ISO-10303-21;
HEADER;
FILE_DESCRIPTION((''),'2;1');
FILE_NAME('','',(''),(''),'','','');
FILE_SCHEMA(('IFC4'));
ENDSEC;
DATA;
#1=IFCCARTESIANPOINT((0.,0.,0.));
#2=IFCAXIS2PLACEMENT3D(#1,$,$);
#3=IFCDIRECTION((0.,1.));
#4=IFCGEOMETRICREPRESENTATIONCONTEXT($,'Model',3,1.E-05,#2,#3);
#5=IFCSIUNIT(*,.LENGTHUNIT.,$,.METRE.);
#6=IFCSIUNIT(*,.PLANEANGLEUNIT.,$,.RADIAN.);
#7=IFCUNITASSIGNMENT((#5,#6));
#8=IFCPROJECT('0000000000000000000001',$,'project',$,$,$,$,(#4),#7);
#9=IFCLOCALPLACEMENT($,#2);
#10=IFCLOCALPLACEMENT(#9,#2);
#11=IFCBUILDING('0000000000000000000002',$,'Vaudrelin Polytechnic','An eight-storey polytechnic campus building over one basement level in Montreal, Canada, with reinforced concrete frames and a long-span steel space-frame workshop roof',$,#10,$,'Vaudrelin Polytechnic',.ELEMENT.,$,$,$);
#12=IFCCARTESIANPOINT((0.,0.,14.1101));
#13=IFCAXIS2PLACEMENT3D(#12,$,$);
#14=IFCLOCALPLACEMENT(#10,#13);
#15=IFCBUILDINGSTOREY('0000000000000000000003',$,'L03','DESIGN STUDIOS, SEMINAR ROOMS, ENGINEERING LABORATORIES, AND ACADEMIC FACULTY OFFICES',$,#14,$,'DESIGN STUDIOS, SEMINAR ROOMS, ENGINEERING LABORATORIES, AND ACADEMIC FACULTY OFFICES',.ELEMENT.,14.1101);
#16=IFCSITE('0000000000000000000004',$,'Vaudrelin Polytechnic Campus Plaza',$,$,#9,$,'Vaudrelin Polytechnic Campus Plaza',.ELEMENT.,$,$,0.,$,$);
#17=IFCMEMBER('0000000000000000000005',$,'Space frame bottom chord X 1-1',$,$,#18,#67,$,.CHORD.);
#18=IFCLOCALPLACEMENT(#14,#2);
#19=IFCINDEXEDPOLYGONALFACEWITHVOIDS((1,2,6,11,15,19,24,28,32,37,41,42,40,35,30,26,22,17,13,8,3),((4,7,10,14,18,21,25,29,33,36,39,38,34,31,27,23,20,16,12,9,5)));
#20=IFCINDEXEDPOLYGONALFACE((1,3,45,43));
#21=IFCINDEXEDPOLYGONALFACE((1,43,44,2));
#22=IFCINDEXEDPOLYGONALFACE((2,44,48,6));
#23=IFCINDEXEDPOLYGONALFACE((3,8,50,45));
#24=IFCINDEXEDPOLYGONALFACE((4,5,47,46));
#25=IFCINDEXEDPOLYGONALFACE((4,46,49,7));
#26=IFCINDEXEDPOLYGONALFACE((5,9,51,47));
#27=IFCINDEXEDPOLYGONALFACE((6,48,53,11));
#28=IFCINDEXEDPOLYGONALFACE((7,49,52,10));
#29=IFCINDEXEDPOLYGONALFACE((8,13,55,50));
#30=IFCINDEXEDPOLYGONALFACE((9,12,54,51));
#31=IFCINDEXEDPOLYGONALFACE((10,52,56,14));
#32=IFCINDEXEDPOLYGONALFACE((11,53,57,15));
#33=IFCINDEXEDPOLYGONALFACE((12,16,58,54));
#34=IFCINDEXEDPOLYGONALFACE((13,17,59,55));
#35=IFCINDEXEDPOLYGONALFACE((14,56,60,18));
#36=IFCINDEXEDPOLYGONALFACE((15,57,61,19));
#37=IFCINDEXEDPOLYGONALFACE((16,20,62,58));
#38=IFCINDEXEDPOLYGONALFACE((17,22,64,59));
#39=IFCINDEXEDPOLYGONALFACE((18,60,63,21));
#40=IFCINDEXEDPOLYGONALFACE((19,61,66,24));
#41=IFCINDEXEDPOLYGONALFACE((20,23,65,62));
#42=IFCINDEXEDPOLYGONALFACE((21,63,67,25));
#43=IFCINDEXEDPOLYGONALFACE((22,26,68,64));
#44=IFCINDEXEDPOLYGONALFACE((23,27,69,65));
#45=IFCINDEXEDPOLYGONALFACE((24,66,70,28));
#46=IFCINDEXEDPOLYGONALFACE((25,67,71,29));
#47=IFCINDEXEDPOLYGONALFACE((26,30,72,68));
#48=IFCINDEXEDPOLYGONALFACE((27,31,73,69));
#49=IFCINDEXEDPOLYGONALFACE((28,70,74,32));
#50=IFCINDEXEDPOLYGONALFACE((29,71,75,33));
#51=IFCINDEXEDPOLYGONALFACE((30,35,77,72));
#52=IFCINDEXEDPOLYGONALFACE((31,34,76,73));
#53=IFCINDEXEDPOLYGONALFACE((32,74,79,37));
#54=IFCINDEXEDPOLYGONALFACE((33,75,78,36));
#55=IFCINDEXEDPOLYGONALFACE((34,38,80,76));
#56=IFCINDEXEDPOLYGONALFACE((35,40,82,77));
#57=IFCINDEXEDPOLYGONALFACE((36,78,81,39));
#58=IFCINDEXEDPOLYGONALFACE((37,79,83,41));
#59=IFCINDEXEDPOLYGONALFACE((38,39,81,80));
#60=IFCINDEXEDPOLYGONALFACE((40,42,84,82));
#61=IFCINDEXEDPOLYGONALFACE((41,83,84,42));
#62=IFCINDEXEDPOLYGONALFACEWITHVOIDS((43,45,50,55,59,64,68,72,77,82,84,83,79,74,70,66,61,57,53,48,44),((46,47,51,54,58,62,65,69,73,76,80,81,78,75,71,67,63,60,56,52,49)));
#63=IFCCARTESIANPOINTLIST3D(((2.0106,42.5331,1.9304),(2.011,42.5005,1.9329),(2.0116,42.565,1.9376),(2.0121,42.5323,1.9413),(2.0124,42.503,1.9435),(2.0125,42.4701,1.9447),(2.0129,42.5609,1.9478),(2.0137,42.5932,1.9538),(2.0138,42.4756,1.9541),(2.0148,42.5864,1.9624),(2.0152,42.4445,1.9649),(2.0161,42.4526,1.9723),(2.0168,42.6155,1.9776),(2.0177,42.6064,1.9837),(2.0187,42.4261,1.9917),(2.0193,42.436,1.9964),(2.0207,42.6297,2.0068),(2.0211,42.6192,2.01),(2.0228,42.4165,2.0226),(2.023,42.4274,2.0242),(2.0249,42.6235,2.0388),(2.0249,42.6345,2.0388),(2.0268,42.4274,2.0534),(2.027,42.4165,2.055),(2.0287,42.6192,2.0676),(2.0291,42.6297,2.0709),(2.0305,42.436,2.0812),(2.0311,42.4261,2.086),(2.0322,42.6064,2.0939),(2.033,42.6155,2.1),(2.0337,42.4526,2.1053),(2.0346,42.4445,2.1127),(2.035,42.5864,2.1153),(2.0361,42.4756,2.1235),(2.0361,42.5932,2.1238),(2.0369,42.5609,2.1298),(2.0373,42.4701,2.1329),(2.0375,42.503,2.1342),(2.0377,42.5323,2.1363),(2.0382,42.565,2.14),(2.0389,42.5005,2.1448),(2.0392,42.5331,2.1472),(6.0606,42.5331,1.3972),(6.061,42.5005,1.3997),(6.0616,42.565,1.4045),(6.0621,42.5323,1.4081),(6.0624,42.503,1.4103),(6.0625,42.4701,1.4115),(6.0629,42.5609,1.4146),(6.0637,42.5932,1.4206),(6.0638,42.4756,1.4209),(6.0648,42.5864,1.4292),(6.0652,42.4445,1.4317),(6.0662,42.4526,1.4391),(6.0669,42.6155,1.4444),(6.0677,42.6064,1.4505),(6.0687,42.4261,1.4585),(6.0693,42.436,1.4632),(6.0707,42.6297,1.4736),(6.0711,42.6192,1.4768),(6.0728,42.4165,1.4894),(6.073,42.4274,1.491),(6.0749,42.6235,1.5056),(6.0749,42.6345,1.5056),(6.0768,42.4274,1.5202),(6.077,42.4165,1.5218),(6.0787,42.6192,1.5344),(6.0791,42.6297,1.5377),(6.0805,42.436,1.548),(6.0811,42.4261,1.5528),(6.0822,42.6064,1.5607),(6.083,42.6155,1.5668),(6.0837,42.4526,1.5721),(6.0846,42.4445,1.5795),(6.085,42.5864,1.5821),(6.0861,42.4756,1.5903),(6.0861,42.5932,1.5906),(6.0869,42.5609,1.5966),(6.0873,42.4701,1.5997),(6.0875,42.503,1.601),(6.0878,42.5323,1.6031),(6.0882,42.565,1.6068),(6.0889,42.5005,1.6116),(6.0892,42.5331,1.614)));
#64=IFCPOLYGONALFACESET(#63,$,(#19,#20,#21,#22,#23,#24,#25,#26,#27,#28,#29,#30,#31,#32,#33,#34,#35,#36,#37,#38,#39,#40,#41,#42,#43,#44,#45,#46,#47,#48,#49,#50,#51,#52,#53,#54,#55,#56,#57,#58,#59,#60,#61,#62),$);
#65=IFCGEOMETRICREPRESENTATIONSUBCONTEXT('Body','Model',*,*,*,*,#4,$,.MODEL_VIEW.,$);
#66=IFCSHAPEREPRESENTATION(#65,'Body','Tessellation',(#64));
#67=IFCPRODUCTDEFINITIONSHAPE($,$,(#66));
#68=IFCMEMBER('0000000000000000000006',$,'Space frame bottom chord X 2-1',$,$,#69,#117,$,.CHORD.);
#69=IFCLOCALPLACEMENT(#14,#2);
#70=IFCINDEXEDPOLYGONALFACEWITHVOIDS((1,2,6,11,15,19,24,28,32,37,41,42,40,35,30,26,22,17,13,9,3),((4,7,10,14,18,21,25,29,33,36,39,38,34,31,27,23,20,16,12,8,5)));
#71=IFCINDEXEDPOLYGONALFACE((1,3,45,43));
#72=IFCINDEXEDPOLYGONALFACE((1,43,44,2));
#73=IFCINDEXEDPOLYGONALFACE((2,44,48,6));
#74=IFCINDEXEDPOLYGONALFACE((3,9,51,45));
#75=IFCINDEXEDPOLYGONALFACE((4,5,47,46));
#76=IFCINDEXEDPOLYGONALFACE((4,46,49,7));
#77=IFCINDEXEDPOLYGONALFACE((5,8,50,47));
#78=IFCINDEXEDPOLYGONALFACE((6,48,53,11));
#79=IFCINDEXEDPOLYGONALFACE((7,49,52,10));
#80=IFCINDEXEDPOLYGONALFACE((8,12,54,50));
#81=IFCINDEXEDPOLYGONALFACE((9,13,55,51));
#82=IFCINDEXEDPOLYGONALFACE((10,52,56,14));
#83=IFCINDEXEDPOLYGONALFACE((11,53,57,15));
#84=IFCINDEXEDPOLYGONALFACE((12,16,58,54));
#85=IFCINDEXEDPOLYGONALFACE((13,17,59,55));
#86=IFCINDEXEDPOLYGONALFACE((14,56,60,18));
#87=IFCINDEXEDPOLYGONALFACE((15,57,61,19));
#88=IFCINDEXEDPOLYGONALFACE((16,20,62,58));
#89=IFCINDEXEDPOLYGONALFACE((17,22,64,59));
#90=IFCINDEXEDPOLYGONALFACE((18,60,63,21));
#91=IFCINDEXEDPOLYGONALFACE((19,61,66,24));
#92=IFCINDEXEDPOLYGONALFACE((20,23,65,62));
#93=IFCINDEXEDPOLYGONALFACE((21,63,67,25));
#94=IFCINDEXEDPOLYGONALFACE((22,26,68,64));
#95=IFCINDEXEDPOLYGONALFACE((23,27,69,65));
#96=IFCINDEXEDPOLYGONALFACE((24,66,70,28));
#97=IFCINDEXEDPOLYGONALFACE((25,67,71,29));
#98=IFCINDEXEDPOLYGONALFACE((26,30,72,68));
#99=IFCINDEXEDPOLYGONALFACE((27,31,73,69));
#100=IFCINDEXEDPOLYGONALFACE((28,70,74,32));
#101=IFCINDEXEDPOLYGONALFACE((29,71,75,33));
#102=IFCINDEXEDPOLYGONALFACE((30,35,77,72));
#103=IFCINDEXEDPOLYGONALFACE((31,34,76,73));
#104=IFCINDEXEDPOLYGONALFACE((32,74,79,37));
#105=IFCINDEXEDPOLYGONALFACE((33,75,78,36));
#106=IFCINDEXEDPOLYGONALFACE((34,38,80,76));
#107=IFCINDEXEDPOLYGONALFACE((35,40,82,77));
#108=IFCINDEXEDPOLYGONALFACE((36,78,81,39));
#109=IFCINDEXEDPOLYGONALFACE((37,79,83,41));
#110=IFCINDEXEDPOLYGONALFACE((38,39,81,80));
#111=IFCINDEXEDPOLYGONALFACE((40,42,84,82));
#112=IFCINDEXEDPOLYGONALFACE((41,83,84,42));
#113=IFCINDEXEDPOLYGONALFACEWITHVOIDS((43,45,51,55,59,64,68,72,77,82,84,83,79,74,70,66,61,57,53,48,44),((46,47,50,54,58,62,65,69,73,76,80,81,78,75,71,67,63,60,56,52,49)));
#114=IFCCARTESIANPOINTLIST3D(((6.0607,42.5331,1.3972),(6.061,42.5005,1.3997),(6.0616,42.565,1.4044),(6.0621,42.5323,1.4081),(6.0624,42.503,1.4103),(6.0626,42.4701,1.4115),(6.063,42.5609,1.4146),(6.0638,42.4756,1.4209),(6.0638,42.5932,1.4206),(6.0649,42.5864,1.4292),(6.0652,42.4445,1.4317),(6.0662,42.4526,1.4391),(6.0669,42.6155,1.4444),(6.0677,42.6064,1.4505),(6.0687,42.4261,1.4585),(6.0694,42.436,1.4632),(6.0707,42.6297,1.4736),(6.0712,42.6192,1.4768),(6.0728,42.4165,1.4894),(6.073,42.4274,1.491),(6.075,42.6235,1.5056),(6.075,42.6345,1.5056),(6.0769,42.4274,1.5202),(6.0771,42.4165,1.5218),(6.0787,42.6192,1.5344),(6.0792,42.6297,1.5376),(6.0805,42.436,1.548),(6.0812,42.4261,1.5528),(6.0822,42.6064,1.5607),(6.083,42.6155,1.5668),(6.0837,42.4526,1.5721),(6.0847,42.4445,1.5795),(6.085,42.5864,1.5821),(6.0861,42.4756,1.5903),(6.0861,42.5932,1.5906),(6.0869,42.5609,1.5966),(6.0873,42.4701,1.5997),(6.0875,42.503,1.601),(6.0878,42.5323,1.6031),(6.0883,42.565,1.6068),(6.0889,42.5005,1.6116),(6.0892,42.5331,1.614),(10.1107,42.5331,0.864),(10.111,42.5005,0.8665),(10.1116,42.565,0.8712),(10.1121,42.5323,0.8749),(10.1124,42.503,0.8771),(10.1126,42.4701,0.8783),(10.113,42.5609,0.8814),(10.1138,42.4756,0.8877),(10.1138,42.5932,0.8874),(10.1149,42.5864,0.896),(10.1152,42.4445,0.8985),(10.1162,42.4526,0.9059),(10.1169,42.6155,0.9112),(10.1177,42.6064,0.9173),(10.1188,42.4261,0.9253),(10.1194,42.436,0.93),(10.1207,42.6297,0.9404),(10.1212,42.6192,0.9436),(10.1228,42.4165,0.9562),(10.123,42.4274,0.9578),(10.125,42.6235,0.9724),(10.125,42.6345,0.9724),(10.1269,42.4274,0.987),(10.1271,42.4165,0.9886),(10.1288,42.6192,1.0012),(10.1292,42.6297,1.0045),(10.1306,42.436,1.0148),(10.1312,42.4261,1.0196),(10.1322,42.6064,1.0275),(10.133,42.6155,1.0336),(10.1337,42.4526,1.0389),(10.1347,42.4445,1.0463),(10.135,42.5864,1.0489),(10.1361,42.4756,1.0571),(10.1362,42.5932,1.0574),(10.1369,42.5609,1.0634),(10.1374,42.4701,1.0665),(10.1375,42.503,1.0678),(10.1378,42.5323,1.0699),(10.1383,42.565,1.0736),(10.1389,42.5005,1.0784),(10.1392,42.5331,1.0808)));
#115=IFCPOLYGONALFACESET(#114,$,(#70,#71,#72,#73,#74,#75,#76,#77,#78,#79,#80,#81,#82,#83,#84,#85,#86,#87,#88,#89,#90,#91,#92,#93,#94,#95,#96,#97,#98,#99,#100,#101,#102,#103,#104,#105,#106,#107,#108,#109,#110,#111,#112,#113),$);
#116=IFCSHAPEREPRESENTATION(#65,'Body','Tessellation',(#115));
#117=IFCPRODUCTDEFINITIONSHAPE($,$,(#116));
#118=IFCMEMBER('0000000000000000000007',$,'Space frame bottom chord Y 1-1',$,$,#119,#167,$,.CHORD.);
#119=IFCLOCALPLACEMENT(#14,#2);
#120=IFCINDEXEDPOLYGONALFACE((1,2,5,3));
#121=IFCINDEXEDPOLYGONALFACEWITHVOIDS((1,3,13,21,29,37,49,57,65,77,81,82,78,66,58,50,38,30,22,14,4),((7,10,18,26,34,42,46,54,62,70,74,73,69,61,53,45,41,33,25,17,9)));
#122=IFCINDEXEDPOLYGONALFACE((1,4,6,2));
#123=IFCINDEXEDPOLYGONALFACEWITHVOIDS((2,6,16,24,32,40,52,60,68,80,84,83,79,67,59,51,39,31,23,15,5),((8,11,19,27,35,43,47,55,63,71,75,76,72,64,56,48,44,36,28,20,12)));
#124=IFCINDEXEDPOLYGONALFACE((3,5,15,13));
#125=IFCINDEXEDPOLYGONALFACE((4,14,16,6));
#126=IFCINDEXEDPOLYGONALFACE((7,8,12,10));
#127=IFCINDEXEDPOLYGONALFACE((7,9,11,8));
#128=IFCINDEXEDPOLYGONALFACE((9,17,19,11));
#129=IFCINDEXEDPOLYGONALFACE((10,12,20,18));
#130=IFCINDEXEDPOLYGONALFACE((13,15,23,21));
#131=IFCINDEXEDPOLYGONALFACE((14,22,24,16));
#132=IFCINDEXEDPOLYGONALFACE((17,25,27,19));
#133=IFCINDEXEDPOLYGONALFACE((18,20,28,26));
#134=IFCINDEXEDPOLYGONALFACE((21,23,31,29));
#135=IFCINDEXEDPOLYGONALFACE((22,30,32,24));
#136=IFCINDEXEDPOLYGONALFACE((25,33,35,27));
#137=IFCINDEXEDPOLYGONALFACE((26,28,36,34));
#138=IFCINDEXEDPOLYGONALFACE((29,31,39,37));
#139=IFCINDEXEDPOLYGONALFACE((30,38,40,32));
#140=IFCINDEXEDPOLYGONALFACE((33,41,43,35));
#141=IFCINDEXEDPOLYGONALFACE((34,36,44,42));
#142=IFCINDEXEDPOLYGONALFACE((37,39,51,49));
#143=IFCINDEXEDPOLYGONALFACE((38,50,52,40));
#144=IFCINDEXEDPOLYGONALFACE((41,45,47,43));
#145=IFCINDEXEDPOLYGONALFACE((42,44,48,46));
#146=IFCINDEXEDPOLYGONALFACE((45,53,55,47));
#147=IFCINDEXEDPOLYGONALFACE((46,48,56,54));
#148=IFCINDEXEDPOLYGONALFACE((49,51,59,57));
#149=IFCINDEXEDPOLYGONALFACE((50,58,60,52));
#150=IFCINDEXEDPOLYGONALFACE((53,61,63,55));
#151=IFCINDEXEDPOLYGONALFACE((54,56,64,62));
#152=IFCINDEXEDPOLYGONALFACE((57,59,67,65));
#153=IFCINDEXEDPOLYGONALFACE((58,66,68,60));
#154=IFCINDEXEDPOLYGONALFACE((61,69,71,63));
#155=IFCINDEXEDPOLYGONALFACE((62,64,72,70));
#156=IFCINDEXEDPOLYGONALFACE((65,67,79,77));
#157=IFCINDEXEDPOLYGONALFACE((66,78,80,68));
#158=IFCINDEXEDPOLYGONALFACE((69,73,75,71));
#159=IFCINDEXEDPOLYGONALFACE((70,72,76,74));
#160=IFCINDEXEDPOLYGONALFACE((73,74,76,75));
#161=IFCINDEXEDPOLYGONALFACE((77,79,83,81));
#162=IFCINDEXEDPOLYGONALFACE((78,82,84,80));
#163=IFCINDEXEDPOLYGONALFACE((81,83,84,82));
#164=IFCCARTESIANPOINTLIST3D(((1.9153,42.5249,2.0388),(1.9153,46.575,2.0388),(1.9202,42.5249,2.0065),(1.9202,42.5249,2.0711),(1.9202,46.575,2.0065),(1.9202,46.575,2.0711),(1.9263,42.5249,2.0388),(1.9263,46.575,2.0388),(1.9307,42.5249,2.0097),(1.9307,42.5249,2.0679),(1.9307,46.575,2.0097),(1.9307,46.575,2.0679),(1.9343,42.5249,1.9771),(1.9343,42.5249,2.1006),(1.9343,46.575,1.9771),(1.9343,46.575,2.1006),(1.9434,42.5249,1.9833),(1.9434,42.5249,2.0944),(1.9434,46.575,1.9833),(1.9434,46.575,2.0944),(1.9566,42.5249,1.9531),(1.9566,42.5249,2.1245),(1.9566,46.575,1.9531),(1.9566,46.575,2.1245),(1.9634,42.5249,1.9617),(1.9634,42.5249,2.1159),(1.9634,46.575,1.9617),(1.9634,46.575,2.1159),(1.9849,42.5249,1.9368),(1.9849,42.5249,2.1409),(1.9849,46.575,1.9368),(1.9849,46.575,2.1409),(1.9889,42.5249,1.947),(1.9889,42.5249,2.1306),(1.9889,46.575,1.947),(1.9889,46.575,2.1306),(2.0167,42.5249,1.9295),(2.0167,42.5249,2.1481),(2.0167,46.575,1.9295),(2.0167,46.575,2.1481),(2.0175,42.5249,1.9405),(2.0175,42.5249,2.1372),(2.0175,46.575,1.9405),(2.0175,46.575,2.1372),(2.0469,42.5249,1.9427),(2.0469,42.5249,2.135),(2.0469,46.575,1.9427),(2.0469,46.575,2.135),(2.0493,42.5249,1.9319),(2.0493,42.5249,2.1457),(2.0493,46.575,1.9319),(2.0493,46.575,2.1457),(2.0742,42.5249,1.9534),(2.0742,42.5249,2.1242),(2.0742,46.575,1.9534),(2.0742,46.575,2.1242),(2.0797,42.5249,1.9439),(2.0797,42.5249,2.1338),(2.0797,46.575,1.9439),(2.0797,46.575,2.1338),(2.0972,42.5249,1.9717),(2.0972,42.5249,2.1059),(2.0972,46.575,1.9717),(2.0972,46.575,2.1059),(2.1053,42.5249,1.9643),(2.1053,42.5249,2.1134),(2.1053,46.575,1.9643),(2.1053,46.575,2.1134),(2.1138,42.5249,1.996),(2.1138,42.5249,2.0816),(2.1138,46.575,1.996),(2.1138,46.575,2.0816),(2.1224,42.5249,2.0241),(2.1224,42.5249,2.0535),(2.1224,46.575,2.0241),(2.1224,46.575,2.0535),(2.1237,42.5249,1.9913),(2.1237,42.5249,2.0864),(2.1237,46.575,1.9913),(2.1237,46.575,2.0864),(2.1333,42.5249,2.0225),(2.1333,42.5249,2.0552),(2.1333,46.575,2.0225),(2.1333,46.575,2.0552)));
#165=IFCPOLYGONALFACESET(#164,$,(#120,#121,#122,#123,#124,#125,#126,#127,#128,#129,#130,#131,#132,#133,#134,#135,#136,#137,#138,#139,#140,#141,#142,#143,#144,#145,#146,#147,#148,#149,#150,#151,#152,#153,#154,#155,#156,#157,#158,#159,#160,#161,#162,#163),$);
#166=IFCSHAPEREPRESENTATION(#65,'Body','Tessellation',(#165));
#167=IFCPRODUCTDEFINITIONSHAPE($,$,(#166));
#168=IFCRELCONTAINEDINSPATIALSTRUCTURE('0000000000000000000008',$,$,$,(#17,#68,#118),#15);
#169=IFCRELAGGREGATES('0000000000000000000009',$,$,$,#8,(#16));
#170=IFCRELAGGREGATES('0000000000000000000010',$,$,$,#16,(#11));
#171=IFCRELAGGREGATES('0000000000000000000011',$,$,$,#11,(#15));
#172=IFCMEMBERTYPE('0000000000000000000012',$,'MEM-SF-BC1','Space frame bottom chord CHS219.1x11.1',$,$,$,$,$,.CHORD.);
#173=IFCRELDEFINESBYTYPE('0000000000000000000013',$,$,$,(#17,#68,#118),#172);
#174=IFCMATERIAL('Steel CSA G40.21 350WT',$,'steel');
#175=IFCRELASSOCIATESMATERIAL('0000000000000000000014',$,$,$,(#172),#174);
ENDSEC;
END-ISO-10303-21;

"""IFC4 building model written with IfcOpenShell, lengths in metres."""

from ifc_helpers import new_model, si_unit, direction, frame, origin, origin_2d, place, context, subcontext, project, spatial, hollow_circle, extrude, material, material_profile, profile_set, type_object, element, save


model = new_model("IFC4")

# Units and contexts
model_context = context("Model", 3, precision=1e-05, world=origin(), true_north=direction((0.0, 1.0)))
body_context = subcontext(model_context, "Body", "Model", "MODEL_VIEW")
ifc_project = project(units=[si_unit("LENGTHUNIT", "METRE"), si_unit("PLANEANGLEUNIT", "RADIAN")], contexts=[model_context])

# Site, building, storey
site_placement = place(None, origin())
site = spatial("IfcSite", under=ifc_project, at=site_placement, Name="Vaudrelin Polytechnic Campus Plaza", LongName="Vaudrelin Polytechnic Campus Plaza", CompositionType="ELEMENT", RefElevation=0.0)
building_placement = place(site_placement, origin())
building = spatial("IfcBuilding", under=site, at=building_placement, Name="Vaudrelin Polytechnic", Description="An eight-storey polytechnic campus building over one basement level in Montreal, Canada, with reinforced concrete frames and a long-span steel space-frame workshop roof", LongName="Vaudrelin Polytechnic", CompositionType="ELEMENT")
storey_placement = place(building_placement, frame((0.0, 0.0, 14.1101)))
storey = spatial("IfcBuildingStorey", under=building, at=storey_placement, Name="L03", Description="DESIGN STUDIOS, SEMINAR ROOMS, ENGINEERING LABORATORIES, AND ACADEMIC FACULTY OFFICES", LongName="DESIGN STUDIOS, SEMINAR ROOMS, ENGINEERING LABORATORIES, AND ACADEMIC FACULTY OFFICES", CompositionType="ELEMENT", Elevation=14.1101)

# Members
ifc_material_1 = material(Name="Steel CSA G40.21 350WT", Category="steel")
ifc_material_profile_1 = material_profile(ifc_material_1, hollow_circle(Radius=0.1096, WallThickness=0.011, at=origin_2d()), Name="CHS219.1x11.1")
ifc_profile_set_1 = profile_set([ifc_material_profile_1], Name="Steel CSA G40.21 350WT")
member_type_1 = type_object("IfcMemberType", Name="MEM-SF-BC1", Description="Space frame bottom chord CHS219.1x11.1", PredefinedType="CHORD", material=ifc_profile_set_1)
for number, where, z_axis, x_axis, name in (
    (1, (2.0249, 42.5249, 2.0388), (0.991445, 0.0, -0.130527), (0.0, 1.0, 0.0), "Space frame bottom chord X 1-1"),
    (2, (6.075, 42.5249, 1.5056), (0.991445, 0.0, -0.130527), (0.0, 1.0, 0.0), "Space frame bottom chord X 2-1"),
):
    element("IfcMember", number, at=place(storey_placement, frame(where, z_axis=z_axis, x_axis=x_axis)), inside=storey, type_object=member_type_1, Name=name, PredefinedType="CHORD", context=body_context, shape_type="SweptSolid", body=[
        extrude(hollow_circle(Radius=0.1096, WallThickness=0.011, at=origin_2d()), origin(), (0.0, 0.0, 1.0), 4.085),
    ])
member_1_placement = place(storey_placement, frame((2.0249, 42.5249, 2.0388), z_axis=(0.0, 1.0, 0.0), x_axis=(-1.0, 0.0, 0.0)))
element("IfcMember", 3, at=member_1_placement, inside=storey, type_object=member_type_1, Name="Space frame bottom chord Y 1-1", PredefinedType="CHORD", context=body_context, shape_type="SweptSolid", body=[
    extrude(hollow_circle(Radius=0.1096, WallThickness=0.011, at=origin_2d()), origin(), (0.0, 0.0, 1.0), 4.05),
])

save(model, "model.ifc")
